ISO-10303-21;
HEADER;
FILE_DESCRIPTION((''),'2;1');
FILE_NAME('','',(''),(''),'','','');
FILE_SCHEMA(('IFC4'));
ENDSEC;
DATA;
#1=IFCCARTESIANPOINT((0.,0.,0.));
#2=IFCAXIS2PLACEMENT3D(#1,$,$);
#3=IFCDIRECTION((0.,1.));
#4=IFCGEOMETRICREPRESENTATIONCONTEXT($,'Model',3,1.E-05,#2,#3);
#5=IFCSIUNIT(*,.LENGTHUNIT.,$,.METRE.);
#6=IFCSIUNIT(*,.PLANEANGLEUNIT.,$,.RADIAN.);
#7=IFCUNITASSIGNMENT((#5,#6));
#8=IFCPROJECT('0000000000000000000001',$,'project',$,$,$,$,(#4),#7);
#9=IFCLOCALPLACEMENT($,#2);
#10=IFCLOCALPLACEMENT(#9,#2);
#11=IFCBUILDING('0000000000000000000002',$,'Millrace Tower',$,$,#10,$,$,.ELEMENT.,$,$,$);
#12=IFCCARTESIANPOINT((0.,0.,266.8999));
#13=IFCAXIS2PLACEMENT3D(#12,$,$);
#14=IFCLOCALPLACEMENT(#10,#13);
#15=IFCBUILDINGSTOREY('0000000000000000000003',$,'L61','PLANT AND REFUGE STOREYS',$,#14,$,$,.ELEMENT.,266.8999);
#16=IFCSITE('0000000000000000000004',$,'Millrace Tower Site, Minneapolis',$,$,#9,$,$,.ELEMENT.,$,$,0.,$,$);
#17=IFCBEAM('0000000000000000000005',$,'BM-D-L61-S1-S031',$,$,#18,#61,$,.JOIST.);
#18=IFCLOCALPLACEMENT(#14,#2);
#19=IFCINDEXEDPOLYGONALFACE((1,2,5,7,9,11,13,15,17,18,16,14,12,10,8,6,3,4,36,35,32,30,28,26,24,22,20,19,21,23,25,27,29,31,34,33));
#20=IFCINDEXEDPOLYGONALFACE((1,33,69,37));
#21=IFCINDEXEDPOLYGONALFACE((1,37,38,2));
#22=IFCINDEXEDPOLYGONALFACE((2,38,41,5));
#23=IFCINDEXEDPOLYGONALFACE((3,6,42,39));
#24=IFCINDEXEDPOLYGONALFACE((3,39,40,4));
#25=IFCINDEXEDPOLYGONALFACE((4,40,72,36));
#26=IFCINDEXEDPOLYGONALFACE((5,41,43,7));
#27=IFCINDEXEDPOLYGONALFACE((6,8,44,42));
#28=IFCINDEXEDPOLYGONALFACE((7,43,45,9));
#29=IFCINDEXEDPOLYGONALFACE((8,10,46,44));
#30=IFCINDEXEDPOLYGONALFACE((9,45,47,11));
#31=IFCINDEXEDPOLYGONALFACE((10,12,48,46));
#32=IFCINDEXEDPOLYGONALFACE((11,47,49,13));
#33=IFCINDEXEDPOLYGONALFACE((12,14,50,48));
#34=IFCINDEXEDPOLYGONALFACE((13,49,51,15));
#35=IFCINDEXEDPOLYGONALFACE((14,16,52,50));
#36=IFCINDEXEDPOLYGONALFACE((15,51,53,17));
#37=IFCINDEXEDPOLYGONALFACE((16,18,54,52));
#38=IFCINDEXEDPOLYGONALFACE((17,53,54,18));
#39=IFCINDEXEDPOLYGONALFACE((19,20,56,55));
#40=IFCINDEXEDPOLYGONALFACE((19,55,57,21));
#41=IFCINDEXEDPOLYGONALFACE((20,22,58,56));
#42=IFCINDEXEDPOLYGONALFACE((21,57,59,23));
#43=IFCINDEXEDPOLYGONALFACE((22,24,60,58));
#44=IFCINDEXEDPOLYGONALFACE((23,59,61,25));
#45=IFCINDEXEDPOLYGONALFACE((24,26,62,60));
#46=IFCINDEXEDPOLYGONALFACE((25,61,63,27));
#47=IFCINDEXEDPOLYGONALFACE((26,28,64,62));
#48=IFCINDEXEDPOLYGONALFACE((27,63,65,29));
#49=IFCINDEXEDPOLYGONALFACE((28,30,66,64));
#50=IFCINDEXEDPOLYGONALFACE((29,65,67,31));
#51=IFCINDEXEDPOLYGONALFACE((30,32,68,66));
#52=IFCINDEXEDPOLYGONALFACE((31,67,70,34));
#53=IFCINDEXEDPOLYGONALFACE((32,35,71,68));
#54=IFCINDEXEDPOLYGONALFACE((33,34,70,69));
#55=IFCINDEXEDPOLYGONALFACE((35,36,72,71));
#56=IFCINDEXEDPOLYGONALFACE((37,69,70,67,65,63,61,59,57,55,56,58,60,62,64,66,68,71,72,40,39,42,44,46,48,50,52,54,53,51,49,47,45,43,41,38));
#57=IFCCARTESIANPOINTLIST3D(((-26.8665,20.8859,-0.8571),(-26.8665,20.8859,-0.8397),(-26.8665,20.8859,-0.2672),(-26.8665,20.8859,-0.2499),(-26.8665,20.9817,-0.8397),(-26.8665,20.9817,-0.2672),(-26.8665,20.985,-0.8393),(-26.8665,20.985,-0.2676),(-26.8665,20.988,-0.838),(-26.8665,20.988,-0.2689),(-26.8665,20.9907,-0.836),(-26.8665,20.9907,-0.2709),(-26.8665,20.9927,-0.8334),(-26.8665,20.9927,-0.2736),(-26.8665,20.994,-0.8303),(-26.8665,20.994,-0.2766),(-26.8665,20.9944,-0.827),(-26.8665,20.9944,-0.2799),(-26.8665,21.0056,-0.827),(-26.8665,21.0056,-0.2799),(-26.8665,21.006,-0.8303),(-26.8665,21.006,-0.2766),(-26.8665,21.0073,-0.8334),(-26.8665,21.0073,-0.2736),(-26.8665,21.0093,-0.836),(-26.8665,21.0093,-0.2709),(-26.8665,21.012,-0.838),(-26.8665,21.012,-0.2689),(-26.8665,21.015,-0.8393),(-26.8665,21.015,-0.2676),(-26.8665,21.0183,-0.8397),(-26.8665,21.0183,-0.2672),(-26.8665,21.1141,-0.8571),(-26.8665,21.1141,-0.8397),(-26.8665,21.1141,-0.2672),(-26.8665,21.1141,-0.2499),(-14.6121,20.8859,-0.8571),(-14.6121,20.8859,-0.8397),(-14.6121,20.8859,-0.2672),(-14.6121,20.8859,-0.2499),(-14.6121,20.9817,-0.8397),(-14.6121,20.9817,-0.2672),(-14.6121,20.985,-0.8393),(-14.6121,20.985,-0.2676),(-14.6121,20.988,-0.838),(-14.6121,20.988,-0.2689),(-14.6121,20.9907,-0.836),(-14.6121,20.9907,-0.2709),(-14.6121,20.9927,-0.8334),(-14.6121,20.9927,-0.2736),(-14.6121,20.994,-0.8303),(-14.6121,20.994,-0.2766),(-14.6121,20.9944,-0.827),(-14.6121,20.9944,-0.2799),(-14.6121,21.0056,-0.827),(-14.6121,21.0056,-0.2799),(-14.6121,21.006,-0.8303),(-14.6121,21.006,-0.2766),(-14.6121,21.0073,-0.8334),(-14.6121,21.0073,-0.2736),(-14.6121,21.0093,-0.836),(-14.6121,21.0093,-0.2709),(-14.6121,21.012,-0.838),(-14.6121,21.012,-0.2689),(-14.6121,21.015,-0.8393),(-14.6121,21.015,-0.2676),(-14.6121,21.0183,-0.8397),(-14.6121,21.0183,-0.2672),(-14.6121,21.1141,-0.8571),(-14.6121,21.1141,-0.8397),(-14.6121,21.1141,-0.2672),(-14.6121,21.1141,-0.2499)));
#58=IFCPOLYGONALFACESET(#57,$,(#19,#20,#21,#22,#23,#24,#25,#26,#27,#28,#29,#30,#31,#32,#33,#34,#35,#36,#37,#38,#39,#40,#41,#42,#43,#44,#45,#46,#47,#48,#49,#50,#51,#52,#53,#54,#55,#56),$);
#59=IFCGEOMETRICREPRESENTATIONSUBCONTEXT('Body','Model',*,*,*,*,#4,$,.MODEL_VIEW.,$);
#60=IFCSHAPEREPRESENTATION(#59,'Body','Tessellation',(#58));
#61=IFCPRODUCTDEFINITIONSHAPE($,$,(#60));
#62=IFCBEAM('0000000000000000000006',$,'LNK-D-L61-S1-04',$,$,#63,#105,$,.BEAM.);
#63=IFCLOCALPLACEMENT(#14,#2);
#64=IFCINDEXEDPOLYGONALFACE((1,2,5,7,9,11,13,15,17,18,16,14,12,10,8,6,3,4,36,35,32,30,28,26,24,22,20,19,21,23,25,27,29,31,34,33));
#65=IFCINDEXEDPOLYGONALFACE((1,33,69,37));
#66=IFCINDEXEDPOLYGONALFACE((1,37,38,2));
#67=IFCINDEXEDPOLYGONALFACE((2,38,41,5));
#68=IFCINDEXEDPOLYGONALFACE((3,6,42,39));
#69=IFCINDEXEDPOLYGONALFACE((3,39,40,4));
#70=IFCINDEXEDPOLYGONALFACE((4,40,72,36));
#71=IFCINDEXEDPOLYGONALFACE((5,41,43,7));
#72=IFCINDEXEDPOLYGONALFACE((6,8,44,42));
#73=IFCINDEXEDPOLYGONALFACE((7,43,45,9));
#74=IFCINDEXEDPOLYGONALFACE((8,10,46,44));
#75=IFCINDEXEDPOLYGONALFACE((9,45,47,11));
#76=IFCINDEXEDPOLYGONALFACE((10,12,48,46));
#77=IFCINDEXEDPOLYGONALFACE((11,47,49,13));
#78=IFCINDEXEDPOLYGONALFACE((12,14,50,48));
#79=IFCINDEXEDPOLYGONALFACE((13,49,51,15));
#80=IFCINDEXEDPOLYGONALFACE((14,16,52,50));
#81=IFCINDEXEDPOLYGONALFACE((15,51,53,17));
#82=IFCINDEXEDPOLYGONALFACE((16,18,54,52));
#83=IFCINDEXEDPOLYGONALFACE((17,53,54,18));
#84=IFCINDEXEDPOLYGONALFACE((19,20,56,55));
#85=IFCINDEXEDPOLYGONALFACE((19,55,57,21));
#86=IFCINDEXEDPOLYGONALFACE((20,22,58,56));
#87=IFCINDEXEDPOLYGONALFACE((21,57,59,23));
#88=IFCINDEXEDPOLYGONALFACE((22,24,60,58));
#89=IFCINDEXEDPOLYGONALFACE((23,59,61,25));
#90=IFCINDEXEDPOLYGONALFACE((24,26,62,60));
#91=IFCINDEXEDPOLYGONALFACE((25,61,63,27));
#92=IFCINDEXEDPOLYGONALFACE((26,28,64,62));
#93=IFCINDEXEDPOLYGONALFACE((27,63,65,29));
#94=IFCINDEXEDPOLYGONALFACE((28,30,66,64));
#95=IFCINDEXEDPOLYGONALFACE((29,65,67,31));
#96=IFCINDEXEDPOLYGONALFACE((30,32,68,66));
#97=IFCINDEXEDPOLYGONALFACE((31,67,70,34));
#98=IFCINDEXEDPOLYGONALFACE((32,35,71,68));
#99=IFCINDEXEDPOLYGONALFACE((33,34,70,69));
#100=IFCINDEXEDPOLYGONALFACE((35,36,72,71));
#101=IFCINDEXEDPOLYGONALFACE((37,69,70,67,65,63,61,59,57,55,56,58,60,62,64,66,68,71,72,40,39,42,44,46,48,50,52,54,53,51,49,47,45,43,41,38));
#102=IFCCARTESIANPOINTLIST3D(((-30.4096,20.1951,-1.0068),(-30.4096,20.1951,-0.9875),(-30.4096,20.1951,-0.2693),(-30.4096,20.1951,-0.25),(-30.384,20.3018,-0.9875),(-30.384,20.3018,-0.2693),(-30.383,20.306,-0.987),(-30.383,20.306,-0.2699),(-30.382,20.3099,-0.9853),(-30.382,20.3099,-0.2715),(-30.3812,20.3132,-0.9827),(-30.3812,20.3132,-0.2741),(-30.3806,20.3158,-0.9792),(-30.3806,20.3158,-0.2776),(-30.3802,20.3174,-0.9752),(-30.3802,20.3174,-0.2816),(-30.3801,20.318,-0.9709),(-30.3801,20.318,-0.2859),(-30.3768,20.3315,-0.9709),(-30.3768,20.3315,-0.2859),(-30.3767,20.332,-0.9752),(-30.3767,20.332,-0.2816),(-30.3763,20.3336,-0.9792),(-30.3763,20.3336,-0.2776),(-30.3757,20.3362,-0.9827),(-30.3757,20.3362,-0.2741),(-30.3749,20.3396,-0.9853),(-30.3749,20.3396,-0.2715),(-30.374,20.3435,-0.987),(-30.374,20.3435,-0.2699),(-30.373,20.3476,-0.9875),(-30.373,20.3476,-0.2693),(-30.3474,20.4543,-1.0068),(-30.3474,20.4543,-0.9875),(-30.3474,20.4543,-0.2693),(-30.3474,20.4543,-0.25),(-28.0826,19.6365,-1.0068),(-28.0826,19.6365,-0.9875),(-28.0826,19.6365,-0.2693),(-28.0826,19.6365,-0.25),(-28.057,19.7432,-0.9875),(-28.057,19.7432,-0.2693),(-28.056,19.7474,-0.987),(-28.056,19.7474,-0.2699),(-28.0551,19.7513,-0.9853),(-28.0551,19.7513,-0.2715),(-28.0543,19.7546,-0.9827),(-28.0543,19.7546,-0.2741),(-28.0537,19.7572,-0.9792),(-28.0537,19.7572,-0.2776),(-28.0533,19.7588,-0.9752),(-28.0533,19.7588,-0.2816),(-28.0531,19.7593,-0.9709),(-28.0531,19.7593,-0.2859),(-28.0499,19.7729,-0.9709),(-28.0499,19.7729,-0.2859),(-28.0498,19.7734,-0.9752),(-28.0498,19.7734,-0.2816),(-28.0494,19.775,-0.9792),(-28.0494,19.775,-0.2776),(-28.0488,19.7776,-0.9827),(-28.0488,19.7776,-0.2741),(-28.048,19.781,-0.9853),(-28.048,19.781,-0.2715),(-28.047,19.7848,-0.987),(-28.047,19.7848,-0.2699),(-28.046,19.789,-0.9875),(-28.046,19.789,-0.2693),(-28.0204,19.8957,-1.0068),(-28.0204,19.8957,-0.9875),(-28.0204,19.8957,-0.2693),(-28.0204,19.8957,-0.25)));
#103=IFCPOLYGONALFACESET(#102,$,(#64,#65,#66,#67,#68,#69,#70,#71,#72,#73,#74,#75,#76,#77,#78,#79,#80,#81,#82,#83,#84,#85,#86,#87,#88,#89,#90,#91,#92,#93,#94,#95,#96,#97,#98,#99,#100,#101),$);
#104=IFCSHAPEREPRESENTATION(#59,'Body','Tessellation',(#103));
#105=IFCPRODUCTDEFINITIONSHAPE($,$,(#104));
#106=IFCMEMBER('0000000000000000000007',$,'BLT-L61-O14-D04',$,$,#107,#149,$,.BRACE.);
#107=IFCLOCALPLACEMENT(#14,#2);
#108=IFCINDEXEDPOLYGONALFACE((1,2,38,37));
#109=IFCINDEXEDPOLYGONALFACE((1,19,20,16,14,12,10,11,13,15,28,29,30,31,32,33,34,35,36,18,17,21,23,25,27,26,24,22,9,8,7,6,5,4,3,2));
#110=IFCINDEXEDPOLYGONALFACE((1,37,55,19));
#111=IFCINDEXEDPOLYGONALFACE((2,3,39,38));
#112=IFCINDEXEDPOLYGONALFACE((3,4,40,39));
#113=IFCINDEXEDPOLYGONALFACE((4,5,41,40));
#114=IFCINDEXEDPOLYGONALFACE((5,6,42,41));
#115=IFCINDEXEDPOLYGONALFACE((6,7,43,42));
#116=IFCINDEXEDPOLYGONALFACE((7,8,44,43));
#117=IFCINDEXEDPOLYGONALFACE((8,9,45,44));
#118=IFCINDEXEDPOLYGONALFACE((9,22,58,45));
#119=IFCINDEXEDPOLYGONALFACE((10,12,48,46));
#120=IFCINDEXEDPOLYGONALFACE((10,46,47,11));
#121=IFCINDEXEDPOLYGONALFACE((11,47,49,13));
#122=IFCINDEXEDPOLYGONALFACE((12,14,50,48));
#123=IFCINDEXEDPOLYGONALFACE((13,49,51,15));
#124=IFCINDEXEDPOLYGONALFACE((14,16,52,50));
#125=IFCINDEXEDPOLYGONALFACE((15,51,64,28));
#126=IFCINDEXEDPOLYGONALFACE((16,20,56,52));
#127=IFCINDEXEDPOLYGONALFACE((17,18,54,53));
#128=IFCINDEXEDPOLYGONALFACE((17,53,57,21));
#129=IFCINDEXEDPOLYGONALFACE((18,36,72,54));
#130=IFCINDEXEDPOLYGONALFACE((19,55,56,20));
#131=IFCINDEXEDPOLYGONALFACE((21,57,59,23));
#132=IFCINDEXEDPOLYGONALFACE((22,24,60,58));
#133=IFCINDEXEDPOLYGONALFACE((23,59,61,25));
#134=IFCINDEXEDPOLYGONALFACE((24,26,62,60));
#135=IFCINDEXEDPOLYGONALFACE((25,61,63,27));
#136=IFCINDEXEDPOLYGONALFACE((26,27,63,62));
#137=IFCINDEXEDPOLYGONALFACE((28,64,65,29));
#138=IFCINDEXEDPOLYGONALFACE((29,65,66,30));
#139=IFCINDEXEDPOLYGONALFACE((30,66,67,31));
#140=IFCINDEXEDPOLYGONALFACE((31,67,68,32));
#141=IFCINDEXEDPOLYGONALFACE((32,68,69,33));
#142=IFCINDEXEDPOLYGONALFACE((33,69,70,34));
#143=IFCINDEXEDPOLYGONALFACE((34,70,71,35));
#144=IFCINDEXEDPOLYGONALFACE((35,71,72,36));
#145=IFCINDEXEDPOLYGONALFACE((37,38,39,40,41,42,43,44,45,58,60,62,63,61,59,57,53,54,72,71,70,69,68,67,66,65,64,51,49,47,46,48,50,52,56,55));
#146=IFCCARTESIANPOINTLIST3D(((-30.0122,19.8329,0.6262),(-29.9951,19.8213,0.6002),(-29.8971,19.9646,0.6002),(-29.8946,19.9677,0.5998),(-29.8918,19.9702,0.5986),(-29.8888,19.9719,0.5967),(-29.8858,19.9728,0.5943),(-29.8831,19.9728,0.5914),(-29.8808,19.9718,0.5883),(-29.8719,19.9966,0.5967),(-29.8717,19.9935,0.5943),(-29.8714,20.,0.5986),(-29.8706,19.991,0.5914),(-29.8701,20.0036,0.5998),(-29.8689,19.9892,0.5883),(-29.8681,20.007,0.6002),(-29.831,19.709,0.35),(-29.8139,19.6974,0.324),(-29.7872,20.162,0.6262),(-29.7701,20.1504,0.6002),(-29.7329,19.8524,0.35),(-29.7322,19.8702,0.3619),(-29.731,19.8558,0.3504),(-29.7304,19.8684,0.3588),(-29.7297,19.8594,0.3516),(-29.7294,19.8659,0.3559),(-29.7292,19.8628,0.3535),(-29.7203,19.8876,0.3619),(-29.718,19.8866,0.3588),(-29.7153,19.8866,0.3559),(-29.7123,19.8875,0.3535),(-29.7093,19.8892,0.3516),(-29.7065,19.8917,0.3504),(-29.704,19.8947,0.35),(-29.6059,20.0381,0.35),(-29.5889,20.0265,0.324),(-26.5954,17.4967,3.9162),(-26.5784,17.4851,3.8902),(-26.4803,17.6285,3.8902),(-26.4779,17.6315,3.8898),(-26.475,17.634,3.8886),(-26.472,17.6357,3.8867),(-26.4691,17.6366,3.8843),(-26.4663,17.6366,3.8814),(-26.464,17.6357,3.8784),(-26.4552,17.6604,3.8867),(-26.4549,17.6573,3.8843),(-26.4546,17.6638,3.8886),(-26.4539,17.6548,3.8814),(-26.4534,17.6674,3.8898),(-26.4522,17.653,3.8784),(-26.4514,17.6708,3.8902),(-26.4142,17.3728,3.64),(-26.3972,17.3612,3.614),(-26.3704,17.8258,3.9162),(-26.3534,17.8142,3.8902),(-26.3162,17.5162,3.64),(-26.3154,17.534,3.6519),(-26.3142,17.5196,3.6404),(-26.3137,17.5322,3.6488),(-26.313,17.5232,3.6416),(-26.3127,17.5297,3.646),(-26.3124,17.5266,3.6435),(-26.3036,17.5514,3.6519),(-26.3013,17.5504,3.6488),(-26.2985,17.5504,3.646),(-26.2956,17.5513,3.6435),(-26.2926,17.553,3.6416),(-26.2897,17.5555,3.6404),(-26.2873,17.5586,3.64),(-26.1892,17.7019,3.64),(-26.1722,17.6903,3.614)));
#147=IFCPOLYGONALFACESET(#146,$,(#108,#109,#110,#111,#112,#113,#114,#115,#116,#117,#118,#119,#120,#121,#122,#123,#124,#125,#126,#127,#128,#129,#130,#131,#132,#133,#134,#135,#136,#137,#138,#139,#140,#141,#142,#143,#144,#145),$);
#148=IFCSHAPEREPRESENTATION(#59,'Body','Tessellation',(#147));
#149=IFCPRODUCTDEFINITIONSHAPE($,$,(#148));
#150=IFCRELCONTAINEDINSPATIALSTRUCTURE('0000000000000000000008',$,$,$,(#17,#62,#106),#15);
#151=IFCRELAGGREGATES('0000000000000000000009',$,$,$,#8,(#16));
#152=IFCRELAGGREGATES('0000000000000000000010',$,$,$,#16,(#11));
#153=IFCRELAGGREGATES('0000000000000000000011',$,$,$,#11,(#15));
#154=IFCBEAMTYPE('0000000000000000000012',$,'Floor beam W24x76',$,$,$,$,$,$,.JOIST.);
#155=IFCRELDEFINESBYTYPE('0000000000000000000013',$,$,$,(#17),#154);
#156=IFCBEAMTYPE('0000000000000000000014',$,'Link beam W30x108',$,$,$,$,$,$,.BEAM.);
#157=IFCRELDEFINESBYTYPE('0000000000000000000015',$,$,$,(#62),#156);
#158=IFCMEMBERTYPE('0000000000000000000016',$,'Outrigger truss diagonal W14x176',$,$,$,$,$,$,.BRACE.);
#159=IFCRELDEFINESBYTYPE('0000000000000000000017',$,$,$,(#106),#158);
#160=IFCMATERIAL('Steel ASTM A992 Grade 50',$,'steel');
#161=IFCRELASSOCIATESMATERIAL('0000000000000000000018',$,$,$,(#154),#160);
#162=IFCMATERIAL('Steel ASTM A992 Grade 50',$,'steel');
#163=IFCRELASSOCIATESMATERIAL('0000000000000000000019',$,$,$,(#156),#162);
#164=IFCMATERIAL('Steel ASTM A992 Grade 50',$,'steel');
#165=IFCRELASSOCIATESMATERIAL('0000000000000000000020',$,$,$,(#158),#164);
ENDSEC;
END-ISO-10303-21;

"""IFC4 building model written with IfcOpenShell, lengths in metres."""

from ifc_helpers import new_model, si_unit, direction, frame, origin, origin_2d, place, context, subcontext, project, spatial, i_section, extrude, material, material_profile, profile_set, type_object, element, save


model = new_model("IFC4")

# Units and contexts
model_context = context("Model", 3, precision=1e-05, world=origin(), true_north=direction((0.0, 1.0)))
body_context = subcontext(model_context, "Body", "Model", "MODEL_VIEW")
ifc_project = project(units=[si_unit("LENGTHUNIT", "METRE"), si_unit("PLANEANGLEUNIT", "RADIAN")], contexts=[model_context])

# Site, building, storey
site_placement = place(None, origin())
site = spatial("IfcSite", under=ifc_project, at=site_placement, Name="Millrace Tower Site, Minneapolis", CompositionType="ELEMENT", RefElevation=0.0)
building_placement = place(site_placement, origin())
building = spatial("IfcBuilding", under=site, at=building_placement, Name="Millrace Tower", CompositionType="ELEMENT")
storey_placement = place(building_placement, frame((0.0, 0.0, 266.8999)))
storey = spatial("IfcBuildingStorey", under=building, at=storey_placement, Name="L61", Description="PLANT AND REFUGE STOREYS", CompositionType="ELEMENT", Elevation=266.8999)

# Beams
ifc_material_1 = material(Name="Steel ASTM A992 Grade 50", Category="steel")
ifc_material_profile_1 = material_profile(ifc_material_1, i_section(OverallWidth=0.2283, OverallDepth=0.6072, WebThickness=0.0112, FlangeThickness=0.0173, FilletRadius=0.0127, at=origin_2d()))
ifc_profile_set_1 = profile_set([ifc_material_profile_1], Name="Steel ASTM A992 Grade 50")
beam_type_1 = type_object("IfcBeamType", Name="Floor beam W24x76", PredefinedType="JOIST", material=ifc_profile_set_1)
beam_1_placement = place(storey_placement, frame((-26.8665, 21.0, -0.5535), z_axis=(1.0, 0.0, 0.0), x_axis=(0.0, 1.0, 0.0)))
element("IfcBeam", 1, at=beam_1_placement, inside=storey, type_object=beam_type_1, Name="BM-D-L61-S1-S031", PredefinedType="JOIST", context=body_context, shape_type="SweptSolid", body=[
    extrude(i_section(OverallWidth=0.2283, OverallDepth=0.6072, WebThickness=0.0112, FlangeThickness=0.0173, FilletRadius=0.0127, at=origin_2d()), origin(), (0.0, 0.0, 1.0), 12.2544),
])
ifc_material_2 = material(Name="Steel ASTM A992 Grade 50", Category="steel")
ifc_material_profile_2 = material_profile(ifc_material_2, i_section(OverallWidth=0.2666, OverallDepth=0.7568, WebThickness=0.0139, FlangeThickness=0.0193, FilletRadius=0.0166, at=origin_2d()))
ifc_profile_set_2 = profile_set([ifc_material_profile_2], Name="Steel ASTM A992 Grade 50")
beam_type_2 = type_object("IfcBeamType", Name="Link beam W30x108", PredefinedType="BEAM", material=ifc_profile_set_2)
beam_2_placement = place(storey_placement, frame((-28.0515, 19.7661, -0.6284), z_axis=(-0.972374, 0.233427, 0.0), x_axis=(-0.233427, -0.972374, 0.0)))
element("IfcBeam", 2, at=beam_2_placement, inside=storey, type_object=beam_type_2, Name="LNK-D-L61-S1-04", PredefinedType="BEAM", context=body_context, shape_type="SweptSolid", body=[
    extrude(i_section(OverallWidth=0.2666, OverallDepth=0.7568, WebThickness=0.0139, FlangeThickness=0.0193, FilletRadius=0.0166, at=origin_2d()), origin(), (0.0, 0.0, 1.0), 2.3931),
])

# Member
ifc_material_3 = material(Name="Steel ASTM A992 Grade 50", Category="steel")
ifc_material_profile_3 = material_profile(ifc_material_3, i_section(OverallWidth=0.3987, OverallDepth=0.386, WebThickness=0.021, FlangeThickness=0.0332, FilletRadius=0.0151, at=origin_2d()))
ifc_profile_set_3 = profile_set([ifc_material_profile_3], Name="Steel ASTM A992 Grade 50")
member_type_1 = type_object("IfcMemberType", Name="Outrigger truss diagonal W14x176", PredefinedType="BRACE", material=ifc_profile_set_3)
member_1_placement = place(storey_placement, frame((-29.8005, 19.9297, 0.4751), z_axis=(0.64621, -0.441842, 0.622245), x_axis=(0.564422, 0.825487, 0.0)))
element("IfcMember", 3, at=member_1_placement, inside=storey, type_object=member_type_1, Name="BLT-L61-O14-D04", PredefinedType="BRACE", context=body_context, shape_type="SweptSolid", body=[
    extrude(i_section(OverallWidth=0.3987, OverallDepth=0.386, WebThickness=0.021, FlangeThickness=0.0332, FilletRadius=0.0151, at=origin_2d()), origin(), (0.0, 0.0, 1.0), 5.2874),
])

save(model, "model.ifc")
